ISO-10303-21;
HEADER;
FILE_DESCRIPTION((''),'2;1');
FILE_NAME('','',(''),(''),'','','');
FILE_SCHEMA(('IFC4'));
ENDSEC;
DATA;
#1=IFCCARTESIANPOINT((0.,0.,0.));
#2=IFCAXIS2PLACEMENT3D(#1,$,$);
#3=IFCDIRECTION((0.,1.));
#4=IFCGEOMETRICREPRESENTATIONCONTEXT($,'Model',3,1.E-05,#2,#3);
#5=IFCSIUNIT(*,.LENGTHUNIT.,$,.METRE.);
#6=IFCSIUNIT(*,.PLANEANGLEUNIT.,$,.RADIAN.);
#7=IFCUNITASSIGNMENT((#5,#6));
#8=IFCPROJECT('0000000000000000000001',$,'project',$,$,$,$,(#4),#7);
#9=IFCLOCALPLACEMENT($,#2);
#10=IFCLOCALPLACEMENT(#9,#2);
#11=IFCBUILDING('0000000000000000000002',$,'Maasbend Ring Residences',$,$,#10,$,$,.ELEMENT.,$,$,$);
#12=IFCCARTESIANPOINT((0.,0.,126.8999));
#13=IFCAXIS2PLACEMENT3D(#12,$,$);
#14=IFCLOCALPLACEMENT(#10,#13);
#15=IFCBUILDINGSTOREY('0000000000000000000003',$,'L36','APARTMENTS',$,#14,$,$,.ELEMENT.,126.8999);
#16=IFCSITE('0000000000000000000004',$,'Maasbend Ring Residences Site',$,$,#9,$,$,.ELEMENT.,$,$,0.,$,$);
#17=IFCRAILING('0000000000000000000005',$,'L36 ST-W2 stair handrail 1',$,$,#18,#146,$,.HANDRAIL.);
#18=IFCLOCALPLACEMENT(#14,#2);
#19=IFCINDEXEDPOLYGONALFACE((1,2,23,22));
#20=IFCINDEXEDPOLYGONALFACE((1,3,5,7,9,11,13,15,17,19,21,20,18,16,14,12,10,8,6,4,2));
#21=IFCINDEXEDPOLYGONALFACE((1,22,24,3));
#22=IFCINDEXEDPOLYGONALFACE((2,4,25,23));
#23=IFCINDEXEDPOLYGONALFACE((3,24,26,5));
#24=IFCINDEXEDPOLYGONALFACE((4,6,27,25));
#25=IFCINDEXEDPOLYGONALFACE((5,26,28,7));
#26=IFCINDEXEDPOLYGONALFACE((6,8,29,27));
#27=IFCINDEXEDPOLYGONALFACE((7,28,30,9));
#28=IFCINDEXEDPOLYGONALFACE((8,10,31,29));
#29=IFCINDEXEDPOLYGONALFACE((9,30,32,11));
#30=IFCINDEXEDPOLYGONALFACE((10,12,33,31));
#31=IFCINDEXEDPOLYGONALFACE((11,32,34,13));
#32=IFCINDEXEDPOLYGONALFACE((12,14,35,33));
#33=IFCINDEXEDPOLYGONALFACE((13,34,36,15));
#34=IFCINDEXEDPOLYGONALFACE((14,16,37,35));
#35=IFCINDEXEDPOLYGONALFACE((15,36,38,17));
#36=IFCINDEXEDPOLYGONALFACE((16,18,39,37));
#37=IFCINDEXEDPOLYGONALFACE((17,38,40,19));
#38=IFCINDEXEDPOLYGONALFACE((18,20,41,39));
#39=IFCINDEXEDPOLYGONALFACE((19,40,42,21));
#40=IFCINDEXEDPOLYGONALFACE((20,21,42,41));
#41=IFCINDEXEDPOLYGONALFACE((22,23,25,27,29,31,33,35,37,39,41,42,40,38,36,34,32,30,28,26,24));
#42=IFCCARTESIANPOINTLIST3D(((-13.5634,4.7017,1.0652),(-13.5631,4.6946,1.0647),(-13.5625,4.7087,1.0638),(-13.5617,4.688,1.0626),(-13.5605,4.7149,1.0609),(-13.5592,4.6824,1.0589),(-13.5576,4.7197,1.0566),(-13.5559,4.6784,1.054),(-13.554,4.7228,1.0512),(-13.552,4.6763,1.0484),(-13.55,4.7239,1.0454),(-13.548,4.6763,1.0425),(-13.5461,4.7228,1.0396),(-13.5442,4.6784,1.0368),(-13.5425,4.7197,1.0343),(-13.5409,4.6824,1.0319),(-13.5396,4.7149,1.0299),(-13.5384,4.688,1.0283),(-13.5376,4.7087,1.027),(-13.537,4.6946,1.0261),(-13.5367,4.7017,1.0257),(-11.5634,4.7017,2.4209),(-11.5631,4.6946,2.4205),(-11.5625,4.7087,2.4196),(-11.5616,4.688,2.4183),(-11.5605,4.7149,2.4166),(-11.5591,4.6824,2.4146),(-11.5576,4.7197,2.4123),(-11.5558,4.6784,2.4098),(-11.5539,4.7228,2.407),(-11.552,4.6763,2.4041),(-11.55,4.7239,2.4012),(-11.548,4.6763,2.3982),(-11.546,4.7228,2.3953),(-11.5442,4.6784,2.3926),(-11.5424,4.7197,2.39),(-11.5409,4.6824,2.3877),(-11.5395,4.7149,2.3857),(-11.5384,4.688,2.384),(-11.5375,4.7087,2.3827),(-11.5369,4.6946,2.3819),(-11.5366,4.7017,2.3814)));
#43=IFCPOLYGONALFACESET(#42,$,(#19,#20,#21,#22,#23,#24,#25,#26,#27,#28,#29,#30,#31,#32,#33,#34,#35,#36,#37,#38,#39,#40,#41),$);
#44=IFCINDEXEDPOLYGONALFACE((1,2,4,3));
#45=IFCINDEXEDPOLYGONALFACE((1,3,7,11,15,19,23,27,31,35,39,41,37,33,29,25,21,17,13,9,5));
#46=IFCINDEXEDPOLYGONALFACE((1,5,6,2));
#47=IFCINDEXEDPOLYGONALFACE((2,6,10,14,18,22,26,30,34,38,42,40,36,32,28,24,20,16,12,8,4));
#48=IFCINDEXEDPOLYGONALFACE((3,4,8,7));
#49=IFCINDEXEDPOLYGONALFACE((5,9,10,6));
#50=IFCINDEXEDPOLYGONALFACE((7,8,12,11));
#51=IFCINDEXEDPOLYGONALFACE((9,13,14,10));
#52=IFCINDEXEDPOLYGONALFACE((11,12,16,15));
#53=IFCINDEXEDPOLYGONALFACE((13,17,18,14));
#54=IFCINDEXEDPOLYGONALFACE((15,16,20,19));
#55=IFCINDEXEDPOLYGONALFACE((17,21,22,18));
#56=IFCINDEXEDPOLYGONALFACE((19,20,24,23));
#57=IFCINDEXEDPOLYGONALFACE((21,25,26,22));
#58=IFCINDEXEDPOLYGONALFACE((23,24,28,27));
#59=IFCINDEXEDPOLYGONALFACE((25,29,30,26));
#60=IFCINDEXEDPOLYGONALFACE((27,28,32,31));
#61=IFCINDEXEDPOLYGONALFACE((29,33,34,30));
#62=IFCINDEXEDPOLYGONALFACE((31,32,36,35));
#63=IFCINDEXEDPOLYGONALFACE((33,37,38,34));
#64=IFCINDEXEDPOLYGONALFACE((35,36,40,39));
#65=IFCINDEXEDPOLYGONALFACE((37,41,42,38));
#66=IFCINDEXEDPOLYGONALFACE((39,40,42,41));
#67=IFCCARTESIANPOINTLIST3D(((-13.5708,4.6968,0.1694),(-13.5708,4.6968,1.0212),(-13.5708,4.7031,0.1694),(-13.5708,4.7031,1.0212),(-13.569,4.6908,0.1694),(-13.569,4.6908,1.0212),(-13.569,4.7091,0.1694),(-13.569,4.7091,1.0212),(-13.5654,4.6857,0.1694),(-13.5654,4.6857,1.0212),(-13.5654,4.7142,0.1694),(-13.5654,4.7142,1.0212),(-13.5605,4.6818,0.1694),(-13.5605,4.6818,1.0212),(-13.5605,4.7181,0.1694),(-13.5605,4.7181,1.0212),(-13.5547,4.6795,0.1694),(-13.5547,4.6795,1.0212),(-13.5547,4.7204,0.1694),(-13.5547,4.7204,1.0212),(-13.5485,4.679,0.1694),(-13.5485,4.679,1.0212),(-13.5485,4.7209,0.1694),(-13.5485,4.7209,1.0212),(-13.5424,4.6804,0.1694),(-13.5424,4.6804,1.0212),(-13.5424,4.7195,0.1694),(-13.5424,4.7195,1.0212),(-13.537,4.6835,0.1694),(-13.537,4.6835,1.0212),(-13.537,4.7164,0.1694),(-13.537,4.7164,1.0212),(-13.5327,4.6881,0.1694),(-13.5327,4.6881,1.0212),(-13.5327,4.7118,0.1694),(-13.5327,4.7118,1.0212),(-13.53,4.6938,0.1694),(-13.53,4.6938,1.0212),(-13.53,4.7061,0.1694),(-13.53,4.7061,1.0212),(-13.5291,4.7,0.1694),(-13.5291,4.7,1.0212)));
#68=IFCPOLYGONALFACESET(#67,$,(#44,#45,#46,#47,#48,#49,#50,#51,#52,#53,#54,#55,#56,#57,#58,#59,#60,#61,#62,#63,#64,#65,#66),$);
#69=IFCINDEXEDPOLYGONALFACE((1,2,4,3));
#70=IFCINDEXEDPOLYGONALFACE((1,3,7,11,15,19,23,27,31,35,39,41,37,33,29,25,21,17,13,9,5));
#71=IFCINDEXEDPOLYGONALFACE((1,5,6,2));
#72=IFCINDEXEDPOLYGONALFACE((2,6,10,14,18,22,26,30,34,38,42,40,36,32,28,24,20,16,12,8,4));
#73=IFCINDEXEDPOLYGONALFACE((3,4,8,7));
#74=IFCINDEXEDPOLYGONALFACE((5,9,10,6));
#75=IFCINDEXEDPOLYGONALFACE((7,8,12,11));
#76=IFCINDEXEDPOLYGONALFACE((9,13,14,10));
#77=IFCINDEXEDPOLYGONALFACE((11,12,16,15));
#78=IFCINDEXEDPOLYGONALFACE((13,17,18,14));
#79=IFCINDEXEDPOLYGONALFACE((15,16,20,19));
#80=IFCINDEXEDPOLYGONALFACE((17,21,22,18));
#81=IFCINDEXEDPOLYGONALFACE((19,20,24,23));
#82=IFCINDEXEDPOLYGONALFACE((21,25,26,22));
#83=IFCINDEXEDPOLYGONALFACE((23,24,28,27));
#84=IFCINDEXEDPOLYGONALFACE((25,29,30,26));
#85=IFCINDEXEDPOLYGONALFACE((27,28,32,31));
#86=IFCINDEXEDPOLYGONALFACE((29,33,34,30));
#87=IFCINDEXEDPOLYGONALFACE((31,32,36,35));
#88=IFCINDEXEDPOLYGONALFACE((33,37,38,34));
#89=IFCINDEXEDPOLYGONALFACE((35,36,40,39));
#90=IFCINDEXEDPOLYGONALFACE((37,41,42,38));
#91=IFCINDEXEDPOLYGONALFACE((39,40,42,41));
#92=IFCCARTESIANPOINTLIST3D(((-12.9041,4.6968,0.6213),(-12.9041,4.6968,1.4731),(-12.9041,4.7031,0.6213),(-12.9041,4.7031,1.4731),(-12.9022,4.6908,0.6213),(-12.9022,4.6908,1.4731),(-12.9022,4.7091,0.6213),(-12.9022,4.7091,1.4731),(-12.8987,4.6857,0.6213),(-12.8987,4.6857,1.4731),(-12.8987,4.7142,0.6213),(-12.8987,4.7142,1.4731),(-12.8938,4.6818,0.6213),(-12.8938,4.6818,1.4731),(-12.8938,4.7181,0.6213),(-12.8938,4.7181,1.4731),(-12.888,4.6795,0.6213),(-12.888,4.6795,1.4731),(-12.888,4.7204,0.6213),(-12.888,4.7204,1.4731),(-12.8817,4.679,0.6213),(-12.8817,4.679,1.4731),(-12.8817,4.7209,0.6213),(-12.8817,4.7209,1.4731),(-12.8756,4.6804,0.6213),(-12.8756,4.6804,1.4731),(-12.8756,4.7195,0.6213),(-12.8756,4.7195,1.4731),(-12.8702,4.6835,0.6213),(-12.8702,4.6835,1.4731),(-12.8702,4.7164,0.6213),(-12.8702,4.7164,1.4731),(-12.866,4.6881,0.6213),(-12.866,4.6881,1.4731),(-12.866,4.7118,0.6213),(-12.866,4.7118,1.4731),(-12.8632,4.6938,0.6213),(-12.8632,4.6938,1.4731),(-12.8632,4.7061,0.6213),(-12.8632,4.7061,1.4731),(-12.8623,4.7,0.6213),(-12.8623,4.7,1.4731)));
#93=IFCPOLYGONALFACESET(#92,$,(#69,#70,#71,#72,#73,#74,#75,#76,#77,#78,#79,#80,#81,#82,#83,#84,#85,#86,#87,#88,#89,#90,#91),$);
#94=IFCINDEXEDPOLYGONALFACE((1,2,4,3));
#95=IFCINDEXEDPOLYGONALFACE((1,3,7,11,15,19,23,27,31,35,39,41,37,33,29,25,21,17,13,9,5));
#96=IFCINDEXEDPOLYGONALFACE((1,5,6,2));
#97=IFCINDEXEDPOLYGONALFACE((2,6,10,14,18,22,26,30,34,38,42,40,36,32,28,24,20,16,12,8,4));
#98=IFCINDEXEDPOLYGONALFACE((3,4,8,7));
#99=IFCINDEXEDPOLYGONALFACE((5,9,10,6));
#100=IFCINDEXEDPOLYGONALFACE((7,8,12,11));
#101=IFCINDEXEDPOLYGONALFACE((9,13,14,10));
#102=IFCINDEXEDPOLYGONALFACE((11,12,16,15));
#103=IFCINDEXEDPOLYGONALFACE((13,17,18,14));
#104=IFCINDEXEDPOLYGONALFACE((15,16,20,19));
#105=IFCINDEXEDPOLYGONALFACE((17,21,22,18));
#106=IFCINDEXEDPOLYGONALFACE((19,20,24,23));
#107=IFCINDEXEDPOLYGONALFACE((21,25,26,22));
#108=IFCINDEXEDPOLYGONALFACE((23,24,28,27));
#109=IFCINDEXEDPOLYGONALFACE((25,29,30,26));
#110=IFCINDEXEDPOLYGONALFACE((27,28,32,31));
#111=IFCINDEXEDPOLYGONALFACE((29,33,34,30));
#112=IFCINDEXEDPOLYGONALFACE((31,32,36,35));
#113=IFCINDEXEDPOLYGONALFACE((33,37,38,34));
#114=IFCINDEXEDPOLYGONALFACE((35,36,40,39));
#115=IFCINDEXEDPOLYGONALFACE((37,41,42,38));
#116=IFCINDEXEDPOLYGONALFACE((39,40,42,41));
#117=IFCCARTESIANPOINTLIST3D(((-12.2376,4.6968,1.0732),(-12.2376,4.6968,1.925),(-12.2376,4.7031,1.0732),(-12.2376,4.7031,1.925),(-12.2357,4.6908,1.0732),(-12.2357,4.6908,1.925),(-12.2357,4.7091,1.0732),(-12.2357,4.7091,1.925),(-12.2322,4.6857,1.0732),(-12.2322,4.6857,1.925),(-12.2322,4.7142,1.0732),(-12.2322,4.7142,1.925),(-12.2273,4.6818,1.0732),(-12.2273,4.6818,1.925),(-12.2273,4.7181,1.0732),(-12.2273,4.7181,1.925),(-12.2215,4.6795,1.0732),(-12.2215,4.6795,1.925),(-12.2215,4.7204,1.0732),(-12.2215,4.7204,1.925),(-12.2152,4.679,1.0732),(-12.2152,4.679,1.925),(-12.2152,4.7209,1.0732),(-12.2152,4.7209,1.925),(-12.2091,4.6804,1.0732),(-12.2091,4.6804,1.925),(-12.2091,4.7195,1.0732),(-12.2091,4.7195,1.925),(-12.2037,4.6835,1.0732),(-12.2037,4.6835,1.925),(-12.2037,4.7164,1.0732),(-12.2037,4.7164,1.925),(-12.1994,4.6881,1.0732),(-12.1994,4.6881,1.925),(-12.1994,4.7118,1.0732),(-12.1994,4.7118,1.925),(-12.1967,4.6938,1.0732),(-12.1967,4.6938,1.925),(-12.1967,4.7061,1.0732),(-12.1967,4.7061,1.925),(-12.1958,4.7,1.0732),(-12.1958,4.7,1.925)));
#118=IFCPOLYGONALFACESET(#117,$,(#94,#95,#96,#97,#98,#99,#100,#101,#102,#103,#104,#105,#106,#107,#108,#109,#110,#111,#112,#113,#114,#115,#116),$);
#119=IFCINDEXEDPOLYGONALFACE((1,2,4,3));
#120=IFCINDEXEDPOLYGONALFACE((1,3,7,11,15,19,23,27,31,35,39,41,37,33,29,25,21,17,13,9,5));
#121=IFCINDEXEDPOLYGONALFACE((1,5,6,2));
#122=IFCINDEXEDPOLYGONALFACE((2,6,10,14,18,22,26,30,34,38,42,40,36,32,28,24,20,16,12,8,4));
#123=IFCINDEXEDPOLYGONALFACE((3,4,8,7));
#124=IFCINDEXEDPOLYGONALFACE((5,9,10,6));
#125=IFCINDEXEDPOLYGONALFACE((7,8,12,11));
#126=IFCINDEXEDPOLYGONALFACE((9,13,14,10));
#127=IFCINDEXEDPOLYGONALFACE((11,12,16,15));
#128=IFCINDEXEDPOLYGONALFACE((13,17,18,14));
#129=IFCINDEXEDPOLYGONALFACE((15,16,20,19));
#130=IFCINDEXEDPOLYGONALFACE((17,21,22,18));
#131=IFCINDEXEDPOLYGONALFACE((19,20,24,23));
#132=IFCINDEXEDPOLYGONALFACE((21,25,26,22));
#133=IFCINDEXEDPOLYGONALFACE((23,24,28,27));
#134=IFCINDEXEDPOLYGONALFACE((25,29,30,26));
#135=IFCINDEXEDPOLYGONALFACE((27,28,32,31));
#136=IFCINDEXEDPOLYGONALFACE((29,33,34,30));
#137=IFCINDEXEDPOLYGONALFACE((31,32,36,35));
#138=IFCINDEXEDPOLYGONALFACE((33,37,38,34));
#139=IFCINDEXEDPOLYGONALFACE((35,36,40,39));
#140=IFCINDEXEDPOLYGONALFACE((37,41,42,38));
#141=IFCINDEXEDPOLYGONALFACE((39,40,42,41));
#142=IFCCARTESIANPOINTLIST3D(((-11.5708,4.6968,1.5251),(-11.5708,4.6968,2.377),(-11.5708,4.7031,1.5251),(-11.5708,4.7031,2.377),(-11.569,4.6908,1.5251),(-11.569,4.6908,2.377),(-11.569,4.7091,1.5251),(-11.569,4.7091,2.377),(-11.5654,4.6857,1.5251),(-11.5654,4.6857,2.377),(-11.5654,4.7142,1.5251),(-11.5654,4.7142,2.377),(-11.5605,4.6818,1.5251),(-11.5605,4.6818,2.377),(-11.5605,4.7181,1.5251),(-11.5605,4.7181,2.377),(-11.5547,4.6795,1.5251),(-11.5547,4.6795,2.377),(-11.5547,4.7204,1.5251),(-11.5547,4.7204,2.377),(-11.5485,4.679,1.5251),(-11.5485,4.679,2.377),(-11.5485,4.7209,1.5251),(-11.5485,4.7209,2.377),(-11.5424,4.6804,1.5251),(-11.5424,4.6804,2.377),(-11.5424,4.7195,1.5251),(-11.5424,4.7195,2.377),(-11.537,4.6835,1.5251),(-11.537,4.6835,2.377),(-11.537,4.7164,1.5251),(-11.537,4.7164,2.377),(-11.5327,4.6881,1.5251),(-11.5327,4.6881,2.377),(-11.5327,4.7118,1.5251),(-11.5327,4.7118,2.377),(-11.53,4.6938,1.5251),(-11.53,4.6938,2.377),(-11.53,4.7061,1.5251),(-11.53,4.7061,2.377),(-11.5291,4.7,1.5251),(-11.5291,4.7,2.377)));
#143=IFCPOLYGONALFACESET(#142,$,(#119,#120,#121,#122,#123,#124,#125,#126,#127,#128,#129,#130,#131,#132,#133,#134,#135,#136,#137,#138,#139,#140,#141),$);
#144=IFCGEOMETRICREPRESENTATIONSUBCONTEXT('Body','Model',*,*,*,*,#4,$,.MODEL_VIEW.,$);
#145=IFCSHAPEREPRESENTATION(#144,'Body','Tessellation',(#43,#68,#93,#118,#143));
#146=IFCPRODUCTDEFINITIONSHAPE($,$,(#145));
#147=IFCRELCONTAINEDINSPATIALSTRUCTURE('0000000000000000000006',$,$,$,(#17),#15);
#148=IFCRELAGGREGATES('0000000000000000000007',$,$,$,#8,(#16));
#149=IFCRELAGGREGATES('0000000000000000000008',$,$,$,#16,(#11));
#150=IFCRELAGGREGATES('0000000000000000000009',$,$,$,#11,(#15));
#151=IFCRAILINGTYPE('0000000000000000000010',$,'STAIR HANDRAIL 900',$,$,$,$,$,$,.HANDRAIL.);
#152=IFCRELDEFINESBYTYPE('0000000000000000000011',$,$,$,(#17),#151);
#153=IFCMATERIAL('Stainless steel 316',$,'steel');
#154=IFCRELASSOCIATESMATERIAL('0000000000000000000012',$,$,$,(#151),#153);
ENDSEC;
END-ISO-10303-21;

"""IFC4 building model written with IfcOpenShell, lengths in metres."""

from ifc_helpers import new_model, si_unit, direction, frame, origin, origin_2d, place, context, subcontext, project, spatial, circle, extrude, material, type_object, element, save


model = new_model("IFC4")

# Units and contexts
model_context = context("Model", 3, precision=1e-05, world=origin(), true_north=direction((0.0, 1.0)))
body_context = subcontext(model_context, "Body", "Model", "MODEL_VIEW")
ifc_project = project(units=[si_unit("LENGTHUNIT", "METRE"), si_unit("PLANEANGLEUNIT", "RADIAN")], contexts=[model_context])

# Site, building, storey
site_placement = place(None, origin())
site = spatial("IfcSite", under=ifc_project, at=site_placement, Name="Maasbend Ring Residences Site", CompositionType="ELEMENT", RefElevation=0.0)
building_placement = place(site_placement, origin())
building = spatial("IfcBuilding", under=site, at=building_placement, Name="Maasbend Ring Residences", CompositionType="ELEMENT")
storey_placement = place(building_placement, frame((0.0, 0.0, 126.8999)))
storey = spatial("IfcBuildingStorey", under=building, at=storey_placement, Name="L36", Description="APARTMENTS", CompositionType="ELEMENT", Elevation=126.8999)

# Railing
ifc_material_1 = material(Name="Stainless steel 316", Category="steel")
railing_type_1 = type_object("IfcRailingType", Name="STAIR HANDRAIL 900", PredefinedType="HANDRAIL", material=ifc_material_1)
railing_1_placement = place(storey_placement, frame((-13.55, 4.7, 0.1694)))
element("IfcRailing", 1, at=railing_1_placement, inside=storey, type_object=railing_type_1, Name="L36 ST-W2 stair handrail 1", PredefinedType="HANDRAIL", context=body_context, shape_type="SweptSolid", body=[
    extrude(circle(Radius=0.0239, at=origin_2d()), frame((0.0, 0.0, 0.876), z_axis=(0.827751, 0.0, 0.561096), x_axis=(0.0, 1.0, 0.0)), (0.0, 0.0, 1.0), 2.4163),
    extrude(circle(Radius=0.021, at=origin_2d()), origin(), (0.0, 0.0, 1.0), 0.8518),
    extrude(circle(Radius=0.021, at=origin_2d()), frame((0.6667, 0.0, 0.4519)), (0.0, 0.0, 1.0), 0.8518),
    extrude(circle(Radius=0.021, at=origin_2d()), frame((1.3333, 0.0, 0.9038)), (0.0, 0.0, 1.0), 0.8518),
    extrude(circle(Radius=0.021, at=origin_2d()), frame((2.0, 0.0, 1.3557)), (0.0, 0.0, 1.0), 0.8518),
])

save(model, "model.ifc")
